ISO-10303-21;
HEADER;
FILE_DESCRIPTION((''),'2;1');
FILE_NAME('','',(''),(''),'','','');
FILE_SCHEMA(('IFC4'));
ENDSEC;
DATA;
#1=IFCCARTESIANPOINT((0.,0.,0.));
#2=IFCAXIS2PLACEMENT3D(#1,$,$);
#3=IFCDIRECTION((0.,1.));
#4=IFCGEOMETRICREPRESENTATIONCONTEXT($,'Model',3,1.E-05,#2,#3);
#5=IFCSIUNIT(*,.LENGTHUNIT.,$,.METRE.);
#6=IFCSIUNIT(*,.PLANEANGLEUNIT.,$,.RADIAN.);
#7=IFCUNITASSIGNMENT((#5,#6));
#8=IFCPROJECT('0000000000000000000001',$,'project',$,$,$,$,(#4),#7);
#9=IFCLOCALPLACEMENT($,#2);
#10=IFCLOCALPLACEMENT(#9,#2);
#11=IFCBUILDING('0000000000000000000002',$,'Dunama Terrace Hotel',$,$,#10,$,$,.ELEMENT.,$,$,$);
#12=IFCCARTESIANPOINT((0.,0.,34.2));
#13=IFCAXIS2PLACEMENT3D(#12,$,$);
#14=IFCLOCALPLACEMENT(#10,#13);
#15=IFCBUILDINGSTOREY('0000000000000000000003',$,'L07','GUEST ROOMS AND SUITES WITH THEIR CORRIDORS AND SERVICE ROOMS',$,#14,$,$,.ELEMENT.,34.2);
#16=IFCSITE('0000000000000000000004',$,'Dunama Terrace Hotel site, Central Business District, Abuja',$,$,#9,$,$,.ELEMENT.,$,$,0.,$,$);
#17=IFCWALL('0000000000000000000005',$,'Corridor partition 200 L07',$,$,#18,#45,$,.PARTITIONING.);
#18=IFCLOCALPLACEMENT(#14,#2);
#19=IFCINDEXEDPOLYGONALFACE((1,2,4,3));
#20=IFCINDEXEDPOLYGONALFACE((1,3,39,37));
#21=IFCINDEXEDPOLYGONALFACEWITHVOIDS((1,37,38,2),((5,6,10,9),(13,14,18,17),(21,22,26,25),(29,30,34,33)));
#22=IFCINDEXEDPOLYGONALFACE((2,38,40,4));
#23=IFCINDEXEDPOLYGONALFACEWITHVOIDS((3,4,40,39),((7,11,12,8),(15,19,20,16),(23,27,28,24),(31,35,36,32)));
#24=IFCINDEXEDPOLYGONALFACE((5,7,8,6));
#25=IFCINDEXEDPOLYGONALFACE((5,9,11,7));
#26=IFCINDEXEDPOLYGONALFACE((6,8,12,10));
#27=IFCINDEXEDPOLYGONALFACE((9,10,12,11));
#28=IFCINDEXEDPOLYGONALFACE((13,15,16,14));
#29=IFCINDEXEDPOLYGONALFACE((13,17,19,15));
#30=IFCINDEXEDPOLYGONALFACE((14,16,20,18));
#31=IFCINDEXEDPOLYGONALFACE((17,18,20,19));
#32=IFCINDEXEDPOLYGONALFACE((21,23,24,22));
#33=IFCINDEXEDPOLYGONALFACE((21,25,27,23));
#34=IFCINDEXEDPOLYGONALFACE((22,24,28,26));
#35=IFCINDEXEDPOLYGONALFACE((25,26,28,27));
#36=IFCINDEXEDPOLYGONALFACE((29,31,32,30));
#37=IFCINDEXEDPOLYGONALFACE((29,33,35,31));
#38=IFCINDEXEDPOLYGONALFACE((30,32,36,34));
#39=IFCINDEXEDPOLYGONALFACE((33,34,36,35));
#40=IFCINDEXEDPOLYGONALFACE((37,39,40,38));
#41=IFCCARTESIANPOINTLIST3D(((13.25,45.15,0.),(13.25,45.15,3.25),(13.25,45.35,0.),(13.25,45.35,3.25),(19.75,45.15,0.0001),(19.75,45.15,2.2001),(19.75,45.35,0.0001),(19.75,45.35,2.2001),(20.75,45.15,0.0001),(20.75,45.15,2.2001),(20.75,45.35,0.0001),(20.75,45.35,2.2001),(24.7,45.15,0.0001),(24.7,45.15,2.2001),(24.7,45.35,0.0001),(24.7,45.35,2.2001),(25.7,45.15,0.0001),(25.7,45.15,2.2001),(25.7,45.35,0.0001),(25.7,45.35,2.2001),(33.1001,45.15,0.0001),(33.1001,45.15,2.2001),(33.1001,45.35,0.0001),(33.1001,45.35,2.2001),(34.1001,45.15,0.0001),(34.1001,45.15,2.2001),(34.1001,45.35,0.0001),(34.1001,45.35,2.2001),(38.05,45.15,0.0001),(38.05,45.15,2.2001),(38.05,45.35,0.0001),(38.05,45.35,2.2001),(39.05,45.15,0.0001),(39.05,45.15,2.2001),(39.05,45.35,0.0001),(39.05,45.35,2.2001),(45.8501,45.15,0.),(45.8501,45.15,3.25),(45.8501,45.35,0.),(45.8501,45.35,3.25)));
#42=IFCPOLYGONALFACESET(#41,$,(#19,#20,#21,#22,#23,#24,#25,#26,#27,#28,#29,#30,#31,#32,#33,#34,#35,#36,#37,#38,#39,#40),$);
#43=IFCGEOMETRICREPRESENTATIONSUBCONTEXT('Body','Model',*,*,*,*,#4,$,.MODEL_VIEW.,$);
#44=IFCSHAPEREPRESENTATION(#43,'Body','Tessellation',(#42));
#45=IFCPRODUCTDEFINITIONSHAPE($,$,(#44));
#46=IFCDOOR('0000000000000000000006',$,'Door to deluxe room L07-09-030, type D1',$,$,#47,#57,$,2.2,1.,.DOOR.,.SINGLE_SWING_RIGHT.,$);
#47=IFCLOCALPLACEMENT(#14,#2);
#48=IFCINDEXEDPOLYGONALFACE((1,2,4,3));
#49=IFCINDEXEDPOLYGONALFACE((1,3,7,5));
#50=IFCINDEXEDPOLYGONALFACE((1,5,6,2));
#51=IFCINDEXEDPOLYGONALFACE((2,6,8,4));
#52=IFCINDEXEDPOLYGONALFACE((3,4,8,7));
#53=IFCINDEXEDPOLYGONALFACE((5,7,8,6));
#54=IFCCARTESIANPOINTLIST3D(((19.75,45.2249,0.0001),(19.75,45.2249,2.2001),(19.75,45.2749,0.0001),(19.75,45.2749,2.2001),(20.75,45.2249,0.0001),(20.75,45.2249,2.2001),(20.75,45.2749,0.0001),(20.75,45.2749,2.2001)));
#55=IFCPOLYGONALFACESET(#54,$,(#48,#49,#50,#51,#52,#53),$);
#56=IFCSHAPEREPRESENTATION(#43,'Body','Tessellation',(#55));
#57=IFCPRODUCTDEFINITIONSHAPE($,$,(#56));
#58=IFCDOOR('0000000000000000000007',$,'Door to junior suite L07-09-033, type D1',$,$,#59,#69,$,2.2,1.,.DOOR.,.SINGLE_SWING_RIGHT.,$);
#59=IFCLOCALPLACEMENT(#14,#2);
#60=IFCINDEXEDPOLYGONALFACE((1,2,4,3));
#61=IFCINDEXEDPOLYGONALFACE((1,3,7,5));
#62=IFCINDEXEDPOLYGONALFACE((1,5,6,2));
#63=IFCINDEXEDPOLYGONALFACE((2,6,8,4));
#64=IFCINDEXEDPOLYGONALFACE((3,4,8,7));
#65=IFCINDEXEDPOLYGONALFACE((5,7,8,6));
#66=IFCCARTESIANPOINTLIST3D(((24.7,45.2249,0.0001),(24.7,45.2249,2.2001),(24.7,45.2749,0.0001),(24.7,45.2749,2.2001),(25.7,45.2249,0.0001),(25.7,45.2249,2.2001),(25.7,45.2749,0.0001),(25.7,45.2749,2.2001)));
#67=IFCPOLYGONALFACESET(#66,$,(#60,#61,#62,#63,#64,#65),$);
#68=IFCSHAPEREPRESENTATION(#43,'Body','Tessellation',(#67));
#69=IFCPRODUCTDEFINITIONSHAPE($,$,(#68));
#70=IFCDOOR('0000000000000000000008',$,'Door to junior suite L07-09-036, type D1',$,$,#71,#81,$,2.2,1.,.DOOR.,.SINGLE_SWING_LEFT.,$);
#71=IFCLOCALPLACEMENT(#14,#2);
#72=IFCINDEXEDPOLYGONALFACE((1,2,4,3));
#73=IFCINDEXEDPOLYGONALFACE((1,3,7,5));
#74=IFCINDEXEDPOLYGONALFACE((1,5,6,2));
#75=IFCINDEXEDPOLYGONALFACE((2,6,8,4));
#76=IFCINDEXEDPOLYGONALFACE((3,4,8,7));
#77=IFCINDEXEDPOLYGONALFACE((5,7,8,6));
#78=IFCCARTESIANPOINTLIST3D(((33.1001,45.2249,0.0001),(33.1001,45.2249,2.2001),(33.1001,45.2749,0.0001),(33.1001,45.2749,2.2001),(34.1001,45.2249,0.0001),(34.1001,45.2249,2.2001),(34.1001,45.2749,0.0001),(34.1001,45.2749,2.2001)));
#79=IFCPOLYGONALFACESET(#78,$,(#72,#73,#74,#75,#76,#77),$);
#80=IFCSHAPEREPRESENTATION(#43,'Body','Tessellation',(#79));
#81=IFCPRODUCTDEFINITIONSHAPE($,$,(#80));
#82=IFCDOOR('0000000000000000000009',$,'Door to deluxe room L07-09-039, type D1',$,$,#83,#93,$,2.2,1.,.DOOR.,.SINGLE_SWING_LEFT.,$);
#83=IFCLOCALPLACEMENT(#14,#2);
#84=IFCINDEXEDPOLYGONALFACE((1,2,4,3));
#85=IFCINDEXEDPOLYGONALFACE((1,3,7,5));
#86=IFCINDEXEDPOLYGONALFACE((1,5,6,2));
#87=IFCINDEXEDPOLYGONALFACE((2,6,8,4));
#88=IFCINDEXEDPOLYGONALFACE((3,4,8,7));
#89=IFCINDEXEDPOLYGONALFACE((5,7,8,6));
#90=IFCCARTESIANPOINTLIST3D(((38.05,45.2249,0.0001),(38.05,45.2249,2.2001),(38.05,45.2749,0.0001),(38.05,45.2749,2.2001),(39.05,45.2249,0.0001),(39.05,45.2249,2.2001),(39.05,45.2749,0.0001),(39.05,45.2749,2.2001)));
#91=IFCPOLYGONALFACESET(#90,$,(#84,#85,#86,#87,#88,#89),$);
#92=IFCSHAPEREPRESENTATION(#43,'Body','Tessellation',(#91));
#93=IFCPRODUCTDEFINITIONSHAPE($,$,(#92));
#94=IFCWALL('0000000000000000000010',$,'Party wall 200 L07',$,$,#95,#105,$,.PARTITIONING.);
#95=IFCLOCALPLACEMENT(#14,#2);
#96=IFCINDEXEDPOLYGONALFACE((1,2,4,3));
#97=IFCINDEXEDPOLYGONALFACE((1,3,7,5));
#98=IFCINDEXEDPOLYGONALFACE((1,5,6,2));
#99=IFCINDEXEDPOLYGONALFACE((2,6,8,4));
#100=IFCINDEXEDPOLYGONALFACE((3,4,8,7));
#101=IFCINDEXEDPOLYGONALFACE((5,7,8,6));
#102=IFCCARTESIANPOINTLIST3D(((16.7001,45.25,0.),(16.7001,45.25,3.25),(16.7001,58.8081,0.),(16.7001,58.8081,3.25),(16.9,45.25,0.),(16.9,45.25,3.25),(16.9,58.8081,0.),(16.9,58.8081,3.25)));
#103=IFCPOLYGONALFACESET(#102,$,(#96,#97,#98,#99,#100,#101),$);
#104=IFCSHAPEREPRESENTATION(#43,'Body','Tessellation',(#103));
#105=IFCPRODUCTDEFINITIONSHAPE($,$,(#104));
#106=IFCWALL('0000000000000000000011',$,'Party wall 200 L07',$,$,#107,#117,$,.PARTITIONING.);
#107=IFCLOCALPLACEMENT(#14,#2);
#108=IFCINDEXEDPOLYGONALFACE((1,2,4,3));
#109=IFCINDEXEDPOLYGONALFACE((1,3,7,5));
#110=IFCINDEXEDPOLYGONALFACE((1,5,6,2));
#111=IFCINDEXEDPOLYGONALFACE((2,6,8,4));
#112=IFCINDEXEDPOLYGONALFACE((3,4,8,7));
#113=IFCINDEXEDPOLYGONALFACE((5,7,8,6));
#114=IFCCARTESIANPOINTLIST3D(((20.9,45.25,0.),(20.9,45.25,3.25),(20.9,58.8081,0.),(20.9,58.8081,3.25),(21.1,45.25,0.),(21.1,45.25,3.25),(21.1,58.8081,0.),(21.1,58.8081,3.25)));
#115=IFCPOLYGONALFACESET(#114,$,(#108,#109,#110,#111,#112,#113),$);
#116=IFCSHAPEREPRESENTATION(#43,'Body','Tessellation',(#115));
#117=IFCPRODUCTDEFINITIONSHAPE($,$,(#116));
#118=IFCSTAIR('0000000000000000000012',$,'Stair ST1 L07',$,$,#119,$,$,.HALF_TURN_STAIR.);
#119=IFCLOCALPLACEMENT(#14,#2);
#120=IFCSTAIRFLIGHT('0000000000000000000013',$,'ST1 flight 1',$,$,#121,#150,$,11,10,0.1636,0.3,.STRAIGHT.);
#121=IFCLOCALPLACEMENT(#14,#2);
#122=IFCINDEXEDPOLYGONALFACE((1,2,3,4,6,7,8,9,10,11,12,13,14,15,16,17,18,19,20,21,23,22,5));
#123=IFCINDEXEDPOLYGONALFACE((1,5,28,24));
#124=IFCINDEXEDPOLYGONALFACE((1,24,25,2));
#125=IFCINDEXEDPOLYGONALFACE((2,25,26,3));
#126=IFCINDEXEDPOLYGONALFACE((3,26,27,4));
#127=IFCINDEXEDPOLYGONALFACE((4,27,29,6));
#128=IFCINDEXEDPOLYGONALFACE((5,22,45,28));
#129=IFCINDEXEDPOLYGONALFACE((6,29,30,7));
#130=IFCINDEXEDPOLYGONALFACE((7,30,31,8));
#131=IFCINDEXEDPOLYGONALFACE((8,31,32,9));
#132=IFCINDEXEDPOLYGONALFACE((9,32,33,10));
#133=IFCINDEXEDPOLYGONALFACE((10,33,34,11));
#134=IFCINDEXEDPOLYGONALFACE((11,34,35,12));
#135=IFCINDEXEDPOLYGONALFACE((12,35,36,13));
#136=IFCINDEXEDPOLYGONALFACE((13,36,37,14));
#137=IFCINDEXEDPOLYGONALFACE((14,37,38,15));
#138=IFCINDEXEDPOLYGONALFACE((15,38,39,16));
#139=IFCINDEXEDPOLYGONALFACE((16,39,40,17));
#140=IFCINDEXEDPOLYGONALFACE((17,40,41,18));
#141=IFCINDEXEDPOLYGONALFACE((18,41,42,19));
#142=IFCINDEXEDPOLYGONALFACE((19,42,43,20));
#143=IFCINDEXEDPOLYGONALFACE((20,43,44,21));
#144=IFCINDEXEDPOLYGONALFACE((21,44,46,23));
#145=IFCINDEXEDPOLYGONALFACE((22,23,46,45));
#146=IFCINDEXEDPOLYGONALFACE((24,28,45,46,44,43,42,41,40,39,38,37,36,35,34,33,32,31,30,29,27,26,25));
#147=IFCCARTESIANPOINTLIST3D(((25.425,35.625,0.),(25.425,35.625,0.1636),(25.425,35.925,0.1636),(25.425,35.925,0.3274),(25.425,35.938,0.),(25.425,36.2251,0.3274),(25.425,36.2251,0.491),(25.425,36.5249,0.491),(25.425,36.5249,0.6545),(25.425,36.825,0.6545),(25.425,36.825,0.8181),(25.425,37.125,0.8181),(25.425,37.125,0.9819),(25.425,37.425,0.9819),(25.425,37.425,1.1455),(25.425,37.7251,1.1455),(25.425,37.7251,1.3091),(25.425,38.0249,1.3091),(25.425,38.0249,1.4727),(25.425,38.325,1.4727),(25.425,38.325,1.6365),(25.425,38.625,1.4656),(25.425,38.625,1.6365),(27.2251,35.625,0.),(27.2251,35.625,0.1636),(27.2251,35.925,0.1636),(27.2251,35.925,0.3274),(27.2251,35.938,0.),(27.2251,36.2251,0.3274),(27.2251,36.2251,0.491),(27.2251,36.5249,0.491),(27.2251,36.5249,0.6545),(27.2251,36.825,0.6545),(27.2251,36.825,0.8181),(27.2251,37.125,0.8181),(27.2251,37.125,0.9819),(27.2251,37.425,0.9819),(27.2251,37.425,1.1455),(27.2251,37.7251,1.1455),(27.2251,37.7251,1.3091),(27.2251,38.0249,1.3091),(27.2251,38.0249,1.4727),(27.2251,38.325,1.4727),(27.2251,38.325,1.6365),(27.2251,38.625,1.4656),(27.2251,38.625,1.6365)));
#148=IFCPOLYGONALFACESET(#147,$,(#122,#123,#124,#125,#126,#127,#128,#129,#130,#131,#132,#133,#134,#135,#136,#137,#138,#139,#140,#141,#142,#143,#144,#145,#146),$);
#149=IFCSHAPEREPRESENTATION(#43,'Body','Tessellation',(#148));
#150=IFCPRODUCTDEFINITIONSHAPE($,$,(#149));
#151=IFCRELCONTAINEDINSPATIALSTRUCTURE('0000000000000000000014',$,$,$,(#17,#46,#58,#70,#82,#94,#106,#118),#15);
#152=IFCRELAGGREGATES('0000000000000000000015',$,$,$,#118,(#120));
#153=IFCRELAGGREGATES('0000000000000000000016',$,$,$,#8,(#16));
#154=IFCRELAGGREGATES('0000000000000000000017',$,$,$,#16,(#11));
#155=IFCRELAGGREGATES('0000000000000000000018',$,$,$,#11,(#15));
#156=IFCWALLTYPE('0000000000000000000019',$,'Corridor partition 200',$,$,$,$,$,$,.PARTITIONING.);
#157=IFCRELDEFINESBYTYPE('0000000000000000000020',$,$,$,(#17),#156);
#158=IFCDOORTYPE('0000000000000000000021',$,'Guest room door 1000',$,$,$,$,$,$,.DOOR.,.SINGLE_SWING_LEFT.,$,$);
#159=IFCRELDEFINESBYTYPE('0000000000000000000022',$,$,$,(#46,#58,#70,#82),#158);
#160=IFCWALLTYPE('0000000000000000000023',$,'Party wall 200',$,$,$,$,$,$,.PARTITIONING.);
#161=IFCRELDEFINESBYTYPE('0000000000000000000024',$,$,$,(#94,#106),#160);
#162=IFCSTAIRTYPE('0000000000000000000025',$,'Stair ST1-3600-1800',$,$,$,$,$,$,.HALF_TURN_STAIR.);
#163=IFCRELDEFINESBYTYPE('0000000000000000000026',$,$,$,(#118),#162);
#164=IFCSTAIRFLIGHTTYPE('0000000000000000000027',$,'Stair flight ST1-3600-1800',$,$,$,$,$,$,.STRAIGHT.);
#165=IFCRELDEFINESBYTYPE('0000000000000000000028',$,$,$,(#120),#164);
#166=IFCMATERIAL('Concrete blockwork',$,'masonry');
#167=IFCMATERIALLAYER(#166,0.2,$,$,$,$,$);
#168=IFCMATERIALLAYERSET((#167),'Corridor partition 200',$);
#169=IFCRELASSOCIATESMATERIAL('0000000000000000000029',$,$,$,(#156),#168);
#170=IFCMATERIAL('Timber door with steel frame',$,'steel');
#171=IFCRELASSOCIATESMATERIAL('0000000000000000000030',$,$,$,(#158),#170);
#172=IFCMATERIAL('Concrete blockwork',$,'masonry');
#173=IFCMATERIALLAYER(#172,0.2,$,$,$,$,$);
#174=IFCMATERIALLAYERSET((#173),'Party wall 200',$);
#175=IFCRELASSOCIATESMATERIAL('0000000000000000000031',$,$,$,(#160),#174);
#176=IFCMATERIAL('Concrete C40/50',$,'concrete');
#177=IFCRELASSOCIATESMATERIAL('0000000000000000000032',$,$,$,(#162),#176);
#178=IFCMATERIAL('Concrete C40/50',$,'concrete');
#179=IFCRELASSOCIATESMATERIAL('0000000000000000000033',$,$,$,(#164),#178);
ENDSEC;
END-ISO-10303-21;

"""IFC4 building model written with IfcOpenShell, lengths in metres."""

from ifc_helpers import new_model, si_unit, direction, frame, frame_2d, origin, place, context, subcontext, project, spatial, polyline, rectangle, outline, extrude, material, layer, layer_set, type_object, element, fill, aggregate, save


model = new_model("IFC4")

# Units and contexts
model_context = context("Model", 3, precision=1e-05, world=origin(), true_north=direction((0.0, 1.0)))
body_context = subcontext(model_context, "Body", "Model", "MODEL_VIEW")
ifc_project = project(units=[si_unit("LENGTHUNIT", "METRE"), si_unit("PLANEANGLEUNIT", "RADIAN")], contexts=[model_context])

# Site, building, storey
site_placement = place(None, origin())
site = spatial("IfcSite", under=ifc_project, at=site_placement, Name="Dunama Terrace Hotel site, Central Business District, Abuja", CompositionType="ELEMENT", RefElevation=0.0)
building_placement = place(site_placement, origin())
building = spatial("IfcBuilding", under=site, at=building_placement, Name="Dunama Terrace Hotel", CompositionType="ELEMENT")
storey_placement = place(building_placement, frame((0.0, 0.0, 34.2)))
storey = spatial("IfcBuildingStorey", under=building, at=storey_placement, Name="L07", Description="GUEST ROOMS AND SUITES WITH THEIR CORRIDORS AND SERVICE ROOMS", CompositionType="ELEMENT", Elevation=34.2)

# Wall, openings, doors
ifc_material_1 = material(Name="Concrete blockwork", Category="masonry")
ifc_layer_1 = layer(ifc_material_1, 0.2)
ifc_layer_set_1 = layer_set([ifc_layer_1], Name="Corridor partition 200")
wall_type_1 = type_object("IfcWallType", Name="Corridor partition 200", PredefinedType="PARTITIONING", material=ifc_layer_set_1)
wall_1_placement = place(storey_placement, frame((13.25, 45.25, 0.0), z_axis=(0.0, 0.0, 1.0), x_axis=(1.0, 0.0, 0.0)))
wall_1 = element("IfcWall", 1, at=wall_1_placement, inside=storey, type_object=wall_type_1, Name="Corridor partition 200 L07", PredefinedType="PARTITIONING", context=body_context, shape_type="SweptSolid", body=[
    extrude(rectangle(XDim=32.6001, YDim=0.2, at=frame_2d((16.3, 0.0))), origin(), (0.0, 0.0, 1.0), 3.25),
])
opening_1_placement = place(wall_1_placement, frame((6.5, 0.0, 0.0)))
opening_1 = element("IfcOpeningElement", 2, at=opening_1_placement, cuts=wall_1, PredefinedType="OPENING", context=body_context, shape_type="SweptSolid", body=[
    extrude(rectangle(XDim=1.0, YDim=2.2, at=frame_2d((0.5, 1.1001))), frame((0.0, 0.1099, 0.0), z_axis=(0.0, -1.0, 0.0), x_axis=(1.0, 0.0, 0.0)), (0.0, 0.0, 1.0), 0.22),
])
opening_2_placement = place(wall_1_placement, frame((11.45, 0.0, 0.0)))
opening_2 = element("IfcOpeningElement", 3, at=opening_2_placement, cuts=wall_1, PredefinedType="OPENING", context=body_context, shape_type="SweptSolid", body=[
    extrude(rectangle(XDim=1.0, YDim=2.2, at=frame_2d((0.5, 1.1001))), frame((0.0, 0.1099, 0.0), z_axis=(0.0, -1.0, 0.0), x_axis=(1.0, 0.0, 0.0)), (0.0, 0.0, 1.0), 0.22),
])
opening_3_placement = place(wall_1_placement, frame((19.8501, 0.0, 0.0)))
opening_3 = element("IfcOpeningElement", 4, at=opening_3_placement, cuts=wall_1, PredefinedType="OPENING", context=body_context, shape_type="SweptSolid", body=[
    extrude(rectangle(XDim=1.0, YDim=2.2, at=frame_2d((0.5, 1.1001))), frame((0.0, 0.1099, 0.0), z_axis=(0.0, -1.0, 0.0), x_axis=(1.0, 0.0, 0.0)), (0.0, 0.0, 1.0), 0.22),
])
opening_4_placement = place(wall_1_placement, frame((24.8, 0.0, 0.0)))
opening_4 = element("IfcOpeningElement", 5, at=opening_4_placement, cuts=wall_1, PredefinedType="OPENING", context=body_context, shape_type="SweptSolid", body=[
    extrude(rectangle(XDim=1.0, YDim=2.2, at=frame_2d((0.5, 1.1001))), frame((0.0, 0.1099, 0.0), z_axis=(0.0, -1.0, 0.0), x_axis=(1.0, 0.0, 0.0)), (0.0, 0.0, 1.0), 0.22),
])
ifc_material_2 = material(Name="Timber door with steel frame", Category="steel")
door_type_1 = type_object("IfcDoorType", Name="Guest room door 1000", OperationType="SINGLE_SWING_LEFT", PredefinedType="DOOR", material=ifc_material_2)
door_1_placement = place(opening_1_placement, origin())
door_1 = element("IfcDoor", 6, at=door_1_placement, inside=storey, type_object=door_type_1, Name="Door to deluxe room L07-09-030, type D1", OperationType="SINGLE_SWING_RIGHT", OverallHeight=2.2, OverallWidth=1.0, PredefinedType="DOOR", context=body_context, shape_type="SweptSolid", body=[
    extrude(rectangle(XDim=1.0, YDim=2.2, at=frame_2d((0.5, 1.1001))), frame((0.0, 0.0249, 0.0), z_axis=(0.0, -1.0, 0.0), x_axis=(1.0, 0.0, 0.0)), (0.0, 0.0, 1.0), 0.05),
])
fill(opening_1, door_1)
door_2_placement = place(opening_2_placement, origin())
door_2 = element("IfcDoor", 7, at=door_2_placement, inside=storey, type_object=door_type_1, Name="Door to junior suite L07-09-033, type D1", OperationType="SINGLE_SWING_RIGHT", OverallHeight=2.2, OverallWidth=1.0, PredefinedType="DOOR", context=body_context, shape_type="SweptSolid", body=[
    extrude(rectangle(XDim=1.0, YDim=2.2, at=frame_2d((0.5, 1.1001))), frame((0.0, 0.0249, 0.0), z_axis=(0.0, -1.0, 0.0), x_axis=(1.0, 0.0, 0.0)), (0.0, 0.0, 1.0), 0.05),
])
fill(opening_2, door_2)
door_3_placement = place(opening_3_placement, origin())
door_3 = element("IfcDoor", 8, at=door_3_placement, inside=storey, type_object=door_type_1, Name="Door to junior suite L07-09-036, type D1", OperationType="SINGLE_SWING_LEFT", OverallHeight=2.2, OverallWidth=1.0, PredefinedType="DOOR", context=body_context, shape_type="SweptSolid", body=[
    extrude(rectangle(XDim=1.0, YDim=2.2, at=frame_2d((0.5, 1.1001))), frame((0.0, 0.0249, 0.0), z_axis=(0.0, -1.0, 0.0), x_axis=(1.0, 0.0, 0.0)), (0.0, 0.0, 1.0), 0.05),
])
fill(opening_3, door_3)
door_4_placement = place(opening_4_placement, origin())
door_4 = element("IfcDoor", 9, at=door_4_placement, inside=storey, type_object=door_type_1, Name="Door to deluxe room L07-09-039, type D1", OperationType="SINGLE_SWING_LEFT", OverallHeight=2.2, OverallWidth=1.0, PredefinedType="DOOR", context=body_context, shape_type="SweptSolid", body=[
    extrude(rectangle(XDim=1.0, YDim=2.2, at=frame_2d((0.5, 1.1001))), frame((0.0, 0.0249, 0.0), z_axis=(0.0, -1.0, 0.0), x_axis=(1.0, 0.0, 0.0)), (0.0, 0.0, 1.0), 0.05),
])
fill(opening_4, door_4)

# Walls
ifc_material_3 = material(Name="Concrete blockwork", Category="masonry")
ifc_layer_2 = layer(ifc_material_3, 0.2)
ifc_layer_set_2 = layer_set([ifc_layer_2], Name="Party wall 200")
wall_type_2 = type_object("IfcWallType", Name="Party wall 200", PredefinedType="PARTITIONING", material=ifc_layer_set_2)
for number, where, z_axis, x_axis, name in (
    (10, (16.8, 45.25, 0.0), (0.0, 0.0, 1.0), (0.0, 1.0, 0.0), "Party wall 200 L07"),
    (11, (21.0, 45.25, 0.0), (0.0, 0.0, 1.0), (0.0, 1.0, 0.0), "Party wall 200 L07"),
):
    element("IfcWall", number, at=place(storey_placement, frame(where, z_axis=z_axis, x_axis=x_axis)), inside=storey, type_object=wall_type_2, Name=name, PredefinedType="PARTITIONING", context=body_context, shape_type="SweptSolid", body=[
        extrude(rectangle(XDim=13.5581, YDim=0.2, at=frame_2d((6.7791, 0.0))), origin(), (0.0, 0.0, 1.0), 3.25),
    ])

# Stair, stair flight
ifc_material_4 = material(Name="Concrete C40/50", Category="concrete")
stair_type = type_object("IfcStairType", Name="Stair ST1-3600-1800", PredefinedType="HALF_TURN_STAIR", material=ifc_material_4)
stair_placement = place(storey_placement, origin())
stair = element("IfcStair", 12, at=stair_placement, inside=storey, type_object=stair_type, Name="Stair ST1 L07", PredefinedType="HALF_TURN_STAIR")
ifc_material_5 = material(Name="Concrete C40/50", Category="concrete")
stair_flight_type = type_object("IfcStairFlightType", Name="Stair flight ST1-3600-1800", PredefinedType="STRAIGHT", material=ifc_material_5)
stair_flight_placement = place(storey_placement, frame((26.325, 35.625, 0.0), z_axis=(0.0, 0.0, 1.0), x_axis=(0.0, 1.0, 0.0)))
stair_flight = element("IfcStairFlight", 13, at=stair_flight_placement, type_object=stair_flight_type, Name="ST1 flight 1", NumberOfRisers=11, NumberOfTreads=10, PredefinedType="STRAIGHT", RiserHeight=0.1636, TreadLength=0.3, context=body_context, shape_type="SweptSolid", body=[
    extrude(outline(polyline([(0.0, 0.0), (0.0, 0.1636), (0.3, 0.1636), (0.3, 0.3274), (0.6001, 0.3274), (0.6001, 0.491), (0.8999, 0.491), (0.8999, 0.6545), (1.2, 0.6545), (1.2, 0.8181), (1.5, 0.8181), (1.5, 0.9819), (1.8, 0.9819), (1.8, 1.1455), (2.1001, 1.1455), (2.1001, 1.3091), (2.3999, 1.3091), (2.3999, 1.4727), (2.7, 1.4727), (2.7, 1.6365), (3.0, 1.6365), (3.0, 1.8), (3.0, 1.4656), (0.313, 0.0), (0.0, 0.0)])), frame((0.0, 0.8999, 0.0), z_axis=(0.0, -1.0, 0.0), x_axis=(1.0, 0.0, 0.0)), (0.0, 0.0, 1.0), 1.8),
])
aggregate(stair, [stair_flight])

save(model, "model.ifc")
